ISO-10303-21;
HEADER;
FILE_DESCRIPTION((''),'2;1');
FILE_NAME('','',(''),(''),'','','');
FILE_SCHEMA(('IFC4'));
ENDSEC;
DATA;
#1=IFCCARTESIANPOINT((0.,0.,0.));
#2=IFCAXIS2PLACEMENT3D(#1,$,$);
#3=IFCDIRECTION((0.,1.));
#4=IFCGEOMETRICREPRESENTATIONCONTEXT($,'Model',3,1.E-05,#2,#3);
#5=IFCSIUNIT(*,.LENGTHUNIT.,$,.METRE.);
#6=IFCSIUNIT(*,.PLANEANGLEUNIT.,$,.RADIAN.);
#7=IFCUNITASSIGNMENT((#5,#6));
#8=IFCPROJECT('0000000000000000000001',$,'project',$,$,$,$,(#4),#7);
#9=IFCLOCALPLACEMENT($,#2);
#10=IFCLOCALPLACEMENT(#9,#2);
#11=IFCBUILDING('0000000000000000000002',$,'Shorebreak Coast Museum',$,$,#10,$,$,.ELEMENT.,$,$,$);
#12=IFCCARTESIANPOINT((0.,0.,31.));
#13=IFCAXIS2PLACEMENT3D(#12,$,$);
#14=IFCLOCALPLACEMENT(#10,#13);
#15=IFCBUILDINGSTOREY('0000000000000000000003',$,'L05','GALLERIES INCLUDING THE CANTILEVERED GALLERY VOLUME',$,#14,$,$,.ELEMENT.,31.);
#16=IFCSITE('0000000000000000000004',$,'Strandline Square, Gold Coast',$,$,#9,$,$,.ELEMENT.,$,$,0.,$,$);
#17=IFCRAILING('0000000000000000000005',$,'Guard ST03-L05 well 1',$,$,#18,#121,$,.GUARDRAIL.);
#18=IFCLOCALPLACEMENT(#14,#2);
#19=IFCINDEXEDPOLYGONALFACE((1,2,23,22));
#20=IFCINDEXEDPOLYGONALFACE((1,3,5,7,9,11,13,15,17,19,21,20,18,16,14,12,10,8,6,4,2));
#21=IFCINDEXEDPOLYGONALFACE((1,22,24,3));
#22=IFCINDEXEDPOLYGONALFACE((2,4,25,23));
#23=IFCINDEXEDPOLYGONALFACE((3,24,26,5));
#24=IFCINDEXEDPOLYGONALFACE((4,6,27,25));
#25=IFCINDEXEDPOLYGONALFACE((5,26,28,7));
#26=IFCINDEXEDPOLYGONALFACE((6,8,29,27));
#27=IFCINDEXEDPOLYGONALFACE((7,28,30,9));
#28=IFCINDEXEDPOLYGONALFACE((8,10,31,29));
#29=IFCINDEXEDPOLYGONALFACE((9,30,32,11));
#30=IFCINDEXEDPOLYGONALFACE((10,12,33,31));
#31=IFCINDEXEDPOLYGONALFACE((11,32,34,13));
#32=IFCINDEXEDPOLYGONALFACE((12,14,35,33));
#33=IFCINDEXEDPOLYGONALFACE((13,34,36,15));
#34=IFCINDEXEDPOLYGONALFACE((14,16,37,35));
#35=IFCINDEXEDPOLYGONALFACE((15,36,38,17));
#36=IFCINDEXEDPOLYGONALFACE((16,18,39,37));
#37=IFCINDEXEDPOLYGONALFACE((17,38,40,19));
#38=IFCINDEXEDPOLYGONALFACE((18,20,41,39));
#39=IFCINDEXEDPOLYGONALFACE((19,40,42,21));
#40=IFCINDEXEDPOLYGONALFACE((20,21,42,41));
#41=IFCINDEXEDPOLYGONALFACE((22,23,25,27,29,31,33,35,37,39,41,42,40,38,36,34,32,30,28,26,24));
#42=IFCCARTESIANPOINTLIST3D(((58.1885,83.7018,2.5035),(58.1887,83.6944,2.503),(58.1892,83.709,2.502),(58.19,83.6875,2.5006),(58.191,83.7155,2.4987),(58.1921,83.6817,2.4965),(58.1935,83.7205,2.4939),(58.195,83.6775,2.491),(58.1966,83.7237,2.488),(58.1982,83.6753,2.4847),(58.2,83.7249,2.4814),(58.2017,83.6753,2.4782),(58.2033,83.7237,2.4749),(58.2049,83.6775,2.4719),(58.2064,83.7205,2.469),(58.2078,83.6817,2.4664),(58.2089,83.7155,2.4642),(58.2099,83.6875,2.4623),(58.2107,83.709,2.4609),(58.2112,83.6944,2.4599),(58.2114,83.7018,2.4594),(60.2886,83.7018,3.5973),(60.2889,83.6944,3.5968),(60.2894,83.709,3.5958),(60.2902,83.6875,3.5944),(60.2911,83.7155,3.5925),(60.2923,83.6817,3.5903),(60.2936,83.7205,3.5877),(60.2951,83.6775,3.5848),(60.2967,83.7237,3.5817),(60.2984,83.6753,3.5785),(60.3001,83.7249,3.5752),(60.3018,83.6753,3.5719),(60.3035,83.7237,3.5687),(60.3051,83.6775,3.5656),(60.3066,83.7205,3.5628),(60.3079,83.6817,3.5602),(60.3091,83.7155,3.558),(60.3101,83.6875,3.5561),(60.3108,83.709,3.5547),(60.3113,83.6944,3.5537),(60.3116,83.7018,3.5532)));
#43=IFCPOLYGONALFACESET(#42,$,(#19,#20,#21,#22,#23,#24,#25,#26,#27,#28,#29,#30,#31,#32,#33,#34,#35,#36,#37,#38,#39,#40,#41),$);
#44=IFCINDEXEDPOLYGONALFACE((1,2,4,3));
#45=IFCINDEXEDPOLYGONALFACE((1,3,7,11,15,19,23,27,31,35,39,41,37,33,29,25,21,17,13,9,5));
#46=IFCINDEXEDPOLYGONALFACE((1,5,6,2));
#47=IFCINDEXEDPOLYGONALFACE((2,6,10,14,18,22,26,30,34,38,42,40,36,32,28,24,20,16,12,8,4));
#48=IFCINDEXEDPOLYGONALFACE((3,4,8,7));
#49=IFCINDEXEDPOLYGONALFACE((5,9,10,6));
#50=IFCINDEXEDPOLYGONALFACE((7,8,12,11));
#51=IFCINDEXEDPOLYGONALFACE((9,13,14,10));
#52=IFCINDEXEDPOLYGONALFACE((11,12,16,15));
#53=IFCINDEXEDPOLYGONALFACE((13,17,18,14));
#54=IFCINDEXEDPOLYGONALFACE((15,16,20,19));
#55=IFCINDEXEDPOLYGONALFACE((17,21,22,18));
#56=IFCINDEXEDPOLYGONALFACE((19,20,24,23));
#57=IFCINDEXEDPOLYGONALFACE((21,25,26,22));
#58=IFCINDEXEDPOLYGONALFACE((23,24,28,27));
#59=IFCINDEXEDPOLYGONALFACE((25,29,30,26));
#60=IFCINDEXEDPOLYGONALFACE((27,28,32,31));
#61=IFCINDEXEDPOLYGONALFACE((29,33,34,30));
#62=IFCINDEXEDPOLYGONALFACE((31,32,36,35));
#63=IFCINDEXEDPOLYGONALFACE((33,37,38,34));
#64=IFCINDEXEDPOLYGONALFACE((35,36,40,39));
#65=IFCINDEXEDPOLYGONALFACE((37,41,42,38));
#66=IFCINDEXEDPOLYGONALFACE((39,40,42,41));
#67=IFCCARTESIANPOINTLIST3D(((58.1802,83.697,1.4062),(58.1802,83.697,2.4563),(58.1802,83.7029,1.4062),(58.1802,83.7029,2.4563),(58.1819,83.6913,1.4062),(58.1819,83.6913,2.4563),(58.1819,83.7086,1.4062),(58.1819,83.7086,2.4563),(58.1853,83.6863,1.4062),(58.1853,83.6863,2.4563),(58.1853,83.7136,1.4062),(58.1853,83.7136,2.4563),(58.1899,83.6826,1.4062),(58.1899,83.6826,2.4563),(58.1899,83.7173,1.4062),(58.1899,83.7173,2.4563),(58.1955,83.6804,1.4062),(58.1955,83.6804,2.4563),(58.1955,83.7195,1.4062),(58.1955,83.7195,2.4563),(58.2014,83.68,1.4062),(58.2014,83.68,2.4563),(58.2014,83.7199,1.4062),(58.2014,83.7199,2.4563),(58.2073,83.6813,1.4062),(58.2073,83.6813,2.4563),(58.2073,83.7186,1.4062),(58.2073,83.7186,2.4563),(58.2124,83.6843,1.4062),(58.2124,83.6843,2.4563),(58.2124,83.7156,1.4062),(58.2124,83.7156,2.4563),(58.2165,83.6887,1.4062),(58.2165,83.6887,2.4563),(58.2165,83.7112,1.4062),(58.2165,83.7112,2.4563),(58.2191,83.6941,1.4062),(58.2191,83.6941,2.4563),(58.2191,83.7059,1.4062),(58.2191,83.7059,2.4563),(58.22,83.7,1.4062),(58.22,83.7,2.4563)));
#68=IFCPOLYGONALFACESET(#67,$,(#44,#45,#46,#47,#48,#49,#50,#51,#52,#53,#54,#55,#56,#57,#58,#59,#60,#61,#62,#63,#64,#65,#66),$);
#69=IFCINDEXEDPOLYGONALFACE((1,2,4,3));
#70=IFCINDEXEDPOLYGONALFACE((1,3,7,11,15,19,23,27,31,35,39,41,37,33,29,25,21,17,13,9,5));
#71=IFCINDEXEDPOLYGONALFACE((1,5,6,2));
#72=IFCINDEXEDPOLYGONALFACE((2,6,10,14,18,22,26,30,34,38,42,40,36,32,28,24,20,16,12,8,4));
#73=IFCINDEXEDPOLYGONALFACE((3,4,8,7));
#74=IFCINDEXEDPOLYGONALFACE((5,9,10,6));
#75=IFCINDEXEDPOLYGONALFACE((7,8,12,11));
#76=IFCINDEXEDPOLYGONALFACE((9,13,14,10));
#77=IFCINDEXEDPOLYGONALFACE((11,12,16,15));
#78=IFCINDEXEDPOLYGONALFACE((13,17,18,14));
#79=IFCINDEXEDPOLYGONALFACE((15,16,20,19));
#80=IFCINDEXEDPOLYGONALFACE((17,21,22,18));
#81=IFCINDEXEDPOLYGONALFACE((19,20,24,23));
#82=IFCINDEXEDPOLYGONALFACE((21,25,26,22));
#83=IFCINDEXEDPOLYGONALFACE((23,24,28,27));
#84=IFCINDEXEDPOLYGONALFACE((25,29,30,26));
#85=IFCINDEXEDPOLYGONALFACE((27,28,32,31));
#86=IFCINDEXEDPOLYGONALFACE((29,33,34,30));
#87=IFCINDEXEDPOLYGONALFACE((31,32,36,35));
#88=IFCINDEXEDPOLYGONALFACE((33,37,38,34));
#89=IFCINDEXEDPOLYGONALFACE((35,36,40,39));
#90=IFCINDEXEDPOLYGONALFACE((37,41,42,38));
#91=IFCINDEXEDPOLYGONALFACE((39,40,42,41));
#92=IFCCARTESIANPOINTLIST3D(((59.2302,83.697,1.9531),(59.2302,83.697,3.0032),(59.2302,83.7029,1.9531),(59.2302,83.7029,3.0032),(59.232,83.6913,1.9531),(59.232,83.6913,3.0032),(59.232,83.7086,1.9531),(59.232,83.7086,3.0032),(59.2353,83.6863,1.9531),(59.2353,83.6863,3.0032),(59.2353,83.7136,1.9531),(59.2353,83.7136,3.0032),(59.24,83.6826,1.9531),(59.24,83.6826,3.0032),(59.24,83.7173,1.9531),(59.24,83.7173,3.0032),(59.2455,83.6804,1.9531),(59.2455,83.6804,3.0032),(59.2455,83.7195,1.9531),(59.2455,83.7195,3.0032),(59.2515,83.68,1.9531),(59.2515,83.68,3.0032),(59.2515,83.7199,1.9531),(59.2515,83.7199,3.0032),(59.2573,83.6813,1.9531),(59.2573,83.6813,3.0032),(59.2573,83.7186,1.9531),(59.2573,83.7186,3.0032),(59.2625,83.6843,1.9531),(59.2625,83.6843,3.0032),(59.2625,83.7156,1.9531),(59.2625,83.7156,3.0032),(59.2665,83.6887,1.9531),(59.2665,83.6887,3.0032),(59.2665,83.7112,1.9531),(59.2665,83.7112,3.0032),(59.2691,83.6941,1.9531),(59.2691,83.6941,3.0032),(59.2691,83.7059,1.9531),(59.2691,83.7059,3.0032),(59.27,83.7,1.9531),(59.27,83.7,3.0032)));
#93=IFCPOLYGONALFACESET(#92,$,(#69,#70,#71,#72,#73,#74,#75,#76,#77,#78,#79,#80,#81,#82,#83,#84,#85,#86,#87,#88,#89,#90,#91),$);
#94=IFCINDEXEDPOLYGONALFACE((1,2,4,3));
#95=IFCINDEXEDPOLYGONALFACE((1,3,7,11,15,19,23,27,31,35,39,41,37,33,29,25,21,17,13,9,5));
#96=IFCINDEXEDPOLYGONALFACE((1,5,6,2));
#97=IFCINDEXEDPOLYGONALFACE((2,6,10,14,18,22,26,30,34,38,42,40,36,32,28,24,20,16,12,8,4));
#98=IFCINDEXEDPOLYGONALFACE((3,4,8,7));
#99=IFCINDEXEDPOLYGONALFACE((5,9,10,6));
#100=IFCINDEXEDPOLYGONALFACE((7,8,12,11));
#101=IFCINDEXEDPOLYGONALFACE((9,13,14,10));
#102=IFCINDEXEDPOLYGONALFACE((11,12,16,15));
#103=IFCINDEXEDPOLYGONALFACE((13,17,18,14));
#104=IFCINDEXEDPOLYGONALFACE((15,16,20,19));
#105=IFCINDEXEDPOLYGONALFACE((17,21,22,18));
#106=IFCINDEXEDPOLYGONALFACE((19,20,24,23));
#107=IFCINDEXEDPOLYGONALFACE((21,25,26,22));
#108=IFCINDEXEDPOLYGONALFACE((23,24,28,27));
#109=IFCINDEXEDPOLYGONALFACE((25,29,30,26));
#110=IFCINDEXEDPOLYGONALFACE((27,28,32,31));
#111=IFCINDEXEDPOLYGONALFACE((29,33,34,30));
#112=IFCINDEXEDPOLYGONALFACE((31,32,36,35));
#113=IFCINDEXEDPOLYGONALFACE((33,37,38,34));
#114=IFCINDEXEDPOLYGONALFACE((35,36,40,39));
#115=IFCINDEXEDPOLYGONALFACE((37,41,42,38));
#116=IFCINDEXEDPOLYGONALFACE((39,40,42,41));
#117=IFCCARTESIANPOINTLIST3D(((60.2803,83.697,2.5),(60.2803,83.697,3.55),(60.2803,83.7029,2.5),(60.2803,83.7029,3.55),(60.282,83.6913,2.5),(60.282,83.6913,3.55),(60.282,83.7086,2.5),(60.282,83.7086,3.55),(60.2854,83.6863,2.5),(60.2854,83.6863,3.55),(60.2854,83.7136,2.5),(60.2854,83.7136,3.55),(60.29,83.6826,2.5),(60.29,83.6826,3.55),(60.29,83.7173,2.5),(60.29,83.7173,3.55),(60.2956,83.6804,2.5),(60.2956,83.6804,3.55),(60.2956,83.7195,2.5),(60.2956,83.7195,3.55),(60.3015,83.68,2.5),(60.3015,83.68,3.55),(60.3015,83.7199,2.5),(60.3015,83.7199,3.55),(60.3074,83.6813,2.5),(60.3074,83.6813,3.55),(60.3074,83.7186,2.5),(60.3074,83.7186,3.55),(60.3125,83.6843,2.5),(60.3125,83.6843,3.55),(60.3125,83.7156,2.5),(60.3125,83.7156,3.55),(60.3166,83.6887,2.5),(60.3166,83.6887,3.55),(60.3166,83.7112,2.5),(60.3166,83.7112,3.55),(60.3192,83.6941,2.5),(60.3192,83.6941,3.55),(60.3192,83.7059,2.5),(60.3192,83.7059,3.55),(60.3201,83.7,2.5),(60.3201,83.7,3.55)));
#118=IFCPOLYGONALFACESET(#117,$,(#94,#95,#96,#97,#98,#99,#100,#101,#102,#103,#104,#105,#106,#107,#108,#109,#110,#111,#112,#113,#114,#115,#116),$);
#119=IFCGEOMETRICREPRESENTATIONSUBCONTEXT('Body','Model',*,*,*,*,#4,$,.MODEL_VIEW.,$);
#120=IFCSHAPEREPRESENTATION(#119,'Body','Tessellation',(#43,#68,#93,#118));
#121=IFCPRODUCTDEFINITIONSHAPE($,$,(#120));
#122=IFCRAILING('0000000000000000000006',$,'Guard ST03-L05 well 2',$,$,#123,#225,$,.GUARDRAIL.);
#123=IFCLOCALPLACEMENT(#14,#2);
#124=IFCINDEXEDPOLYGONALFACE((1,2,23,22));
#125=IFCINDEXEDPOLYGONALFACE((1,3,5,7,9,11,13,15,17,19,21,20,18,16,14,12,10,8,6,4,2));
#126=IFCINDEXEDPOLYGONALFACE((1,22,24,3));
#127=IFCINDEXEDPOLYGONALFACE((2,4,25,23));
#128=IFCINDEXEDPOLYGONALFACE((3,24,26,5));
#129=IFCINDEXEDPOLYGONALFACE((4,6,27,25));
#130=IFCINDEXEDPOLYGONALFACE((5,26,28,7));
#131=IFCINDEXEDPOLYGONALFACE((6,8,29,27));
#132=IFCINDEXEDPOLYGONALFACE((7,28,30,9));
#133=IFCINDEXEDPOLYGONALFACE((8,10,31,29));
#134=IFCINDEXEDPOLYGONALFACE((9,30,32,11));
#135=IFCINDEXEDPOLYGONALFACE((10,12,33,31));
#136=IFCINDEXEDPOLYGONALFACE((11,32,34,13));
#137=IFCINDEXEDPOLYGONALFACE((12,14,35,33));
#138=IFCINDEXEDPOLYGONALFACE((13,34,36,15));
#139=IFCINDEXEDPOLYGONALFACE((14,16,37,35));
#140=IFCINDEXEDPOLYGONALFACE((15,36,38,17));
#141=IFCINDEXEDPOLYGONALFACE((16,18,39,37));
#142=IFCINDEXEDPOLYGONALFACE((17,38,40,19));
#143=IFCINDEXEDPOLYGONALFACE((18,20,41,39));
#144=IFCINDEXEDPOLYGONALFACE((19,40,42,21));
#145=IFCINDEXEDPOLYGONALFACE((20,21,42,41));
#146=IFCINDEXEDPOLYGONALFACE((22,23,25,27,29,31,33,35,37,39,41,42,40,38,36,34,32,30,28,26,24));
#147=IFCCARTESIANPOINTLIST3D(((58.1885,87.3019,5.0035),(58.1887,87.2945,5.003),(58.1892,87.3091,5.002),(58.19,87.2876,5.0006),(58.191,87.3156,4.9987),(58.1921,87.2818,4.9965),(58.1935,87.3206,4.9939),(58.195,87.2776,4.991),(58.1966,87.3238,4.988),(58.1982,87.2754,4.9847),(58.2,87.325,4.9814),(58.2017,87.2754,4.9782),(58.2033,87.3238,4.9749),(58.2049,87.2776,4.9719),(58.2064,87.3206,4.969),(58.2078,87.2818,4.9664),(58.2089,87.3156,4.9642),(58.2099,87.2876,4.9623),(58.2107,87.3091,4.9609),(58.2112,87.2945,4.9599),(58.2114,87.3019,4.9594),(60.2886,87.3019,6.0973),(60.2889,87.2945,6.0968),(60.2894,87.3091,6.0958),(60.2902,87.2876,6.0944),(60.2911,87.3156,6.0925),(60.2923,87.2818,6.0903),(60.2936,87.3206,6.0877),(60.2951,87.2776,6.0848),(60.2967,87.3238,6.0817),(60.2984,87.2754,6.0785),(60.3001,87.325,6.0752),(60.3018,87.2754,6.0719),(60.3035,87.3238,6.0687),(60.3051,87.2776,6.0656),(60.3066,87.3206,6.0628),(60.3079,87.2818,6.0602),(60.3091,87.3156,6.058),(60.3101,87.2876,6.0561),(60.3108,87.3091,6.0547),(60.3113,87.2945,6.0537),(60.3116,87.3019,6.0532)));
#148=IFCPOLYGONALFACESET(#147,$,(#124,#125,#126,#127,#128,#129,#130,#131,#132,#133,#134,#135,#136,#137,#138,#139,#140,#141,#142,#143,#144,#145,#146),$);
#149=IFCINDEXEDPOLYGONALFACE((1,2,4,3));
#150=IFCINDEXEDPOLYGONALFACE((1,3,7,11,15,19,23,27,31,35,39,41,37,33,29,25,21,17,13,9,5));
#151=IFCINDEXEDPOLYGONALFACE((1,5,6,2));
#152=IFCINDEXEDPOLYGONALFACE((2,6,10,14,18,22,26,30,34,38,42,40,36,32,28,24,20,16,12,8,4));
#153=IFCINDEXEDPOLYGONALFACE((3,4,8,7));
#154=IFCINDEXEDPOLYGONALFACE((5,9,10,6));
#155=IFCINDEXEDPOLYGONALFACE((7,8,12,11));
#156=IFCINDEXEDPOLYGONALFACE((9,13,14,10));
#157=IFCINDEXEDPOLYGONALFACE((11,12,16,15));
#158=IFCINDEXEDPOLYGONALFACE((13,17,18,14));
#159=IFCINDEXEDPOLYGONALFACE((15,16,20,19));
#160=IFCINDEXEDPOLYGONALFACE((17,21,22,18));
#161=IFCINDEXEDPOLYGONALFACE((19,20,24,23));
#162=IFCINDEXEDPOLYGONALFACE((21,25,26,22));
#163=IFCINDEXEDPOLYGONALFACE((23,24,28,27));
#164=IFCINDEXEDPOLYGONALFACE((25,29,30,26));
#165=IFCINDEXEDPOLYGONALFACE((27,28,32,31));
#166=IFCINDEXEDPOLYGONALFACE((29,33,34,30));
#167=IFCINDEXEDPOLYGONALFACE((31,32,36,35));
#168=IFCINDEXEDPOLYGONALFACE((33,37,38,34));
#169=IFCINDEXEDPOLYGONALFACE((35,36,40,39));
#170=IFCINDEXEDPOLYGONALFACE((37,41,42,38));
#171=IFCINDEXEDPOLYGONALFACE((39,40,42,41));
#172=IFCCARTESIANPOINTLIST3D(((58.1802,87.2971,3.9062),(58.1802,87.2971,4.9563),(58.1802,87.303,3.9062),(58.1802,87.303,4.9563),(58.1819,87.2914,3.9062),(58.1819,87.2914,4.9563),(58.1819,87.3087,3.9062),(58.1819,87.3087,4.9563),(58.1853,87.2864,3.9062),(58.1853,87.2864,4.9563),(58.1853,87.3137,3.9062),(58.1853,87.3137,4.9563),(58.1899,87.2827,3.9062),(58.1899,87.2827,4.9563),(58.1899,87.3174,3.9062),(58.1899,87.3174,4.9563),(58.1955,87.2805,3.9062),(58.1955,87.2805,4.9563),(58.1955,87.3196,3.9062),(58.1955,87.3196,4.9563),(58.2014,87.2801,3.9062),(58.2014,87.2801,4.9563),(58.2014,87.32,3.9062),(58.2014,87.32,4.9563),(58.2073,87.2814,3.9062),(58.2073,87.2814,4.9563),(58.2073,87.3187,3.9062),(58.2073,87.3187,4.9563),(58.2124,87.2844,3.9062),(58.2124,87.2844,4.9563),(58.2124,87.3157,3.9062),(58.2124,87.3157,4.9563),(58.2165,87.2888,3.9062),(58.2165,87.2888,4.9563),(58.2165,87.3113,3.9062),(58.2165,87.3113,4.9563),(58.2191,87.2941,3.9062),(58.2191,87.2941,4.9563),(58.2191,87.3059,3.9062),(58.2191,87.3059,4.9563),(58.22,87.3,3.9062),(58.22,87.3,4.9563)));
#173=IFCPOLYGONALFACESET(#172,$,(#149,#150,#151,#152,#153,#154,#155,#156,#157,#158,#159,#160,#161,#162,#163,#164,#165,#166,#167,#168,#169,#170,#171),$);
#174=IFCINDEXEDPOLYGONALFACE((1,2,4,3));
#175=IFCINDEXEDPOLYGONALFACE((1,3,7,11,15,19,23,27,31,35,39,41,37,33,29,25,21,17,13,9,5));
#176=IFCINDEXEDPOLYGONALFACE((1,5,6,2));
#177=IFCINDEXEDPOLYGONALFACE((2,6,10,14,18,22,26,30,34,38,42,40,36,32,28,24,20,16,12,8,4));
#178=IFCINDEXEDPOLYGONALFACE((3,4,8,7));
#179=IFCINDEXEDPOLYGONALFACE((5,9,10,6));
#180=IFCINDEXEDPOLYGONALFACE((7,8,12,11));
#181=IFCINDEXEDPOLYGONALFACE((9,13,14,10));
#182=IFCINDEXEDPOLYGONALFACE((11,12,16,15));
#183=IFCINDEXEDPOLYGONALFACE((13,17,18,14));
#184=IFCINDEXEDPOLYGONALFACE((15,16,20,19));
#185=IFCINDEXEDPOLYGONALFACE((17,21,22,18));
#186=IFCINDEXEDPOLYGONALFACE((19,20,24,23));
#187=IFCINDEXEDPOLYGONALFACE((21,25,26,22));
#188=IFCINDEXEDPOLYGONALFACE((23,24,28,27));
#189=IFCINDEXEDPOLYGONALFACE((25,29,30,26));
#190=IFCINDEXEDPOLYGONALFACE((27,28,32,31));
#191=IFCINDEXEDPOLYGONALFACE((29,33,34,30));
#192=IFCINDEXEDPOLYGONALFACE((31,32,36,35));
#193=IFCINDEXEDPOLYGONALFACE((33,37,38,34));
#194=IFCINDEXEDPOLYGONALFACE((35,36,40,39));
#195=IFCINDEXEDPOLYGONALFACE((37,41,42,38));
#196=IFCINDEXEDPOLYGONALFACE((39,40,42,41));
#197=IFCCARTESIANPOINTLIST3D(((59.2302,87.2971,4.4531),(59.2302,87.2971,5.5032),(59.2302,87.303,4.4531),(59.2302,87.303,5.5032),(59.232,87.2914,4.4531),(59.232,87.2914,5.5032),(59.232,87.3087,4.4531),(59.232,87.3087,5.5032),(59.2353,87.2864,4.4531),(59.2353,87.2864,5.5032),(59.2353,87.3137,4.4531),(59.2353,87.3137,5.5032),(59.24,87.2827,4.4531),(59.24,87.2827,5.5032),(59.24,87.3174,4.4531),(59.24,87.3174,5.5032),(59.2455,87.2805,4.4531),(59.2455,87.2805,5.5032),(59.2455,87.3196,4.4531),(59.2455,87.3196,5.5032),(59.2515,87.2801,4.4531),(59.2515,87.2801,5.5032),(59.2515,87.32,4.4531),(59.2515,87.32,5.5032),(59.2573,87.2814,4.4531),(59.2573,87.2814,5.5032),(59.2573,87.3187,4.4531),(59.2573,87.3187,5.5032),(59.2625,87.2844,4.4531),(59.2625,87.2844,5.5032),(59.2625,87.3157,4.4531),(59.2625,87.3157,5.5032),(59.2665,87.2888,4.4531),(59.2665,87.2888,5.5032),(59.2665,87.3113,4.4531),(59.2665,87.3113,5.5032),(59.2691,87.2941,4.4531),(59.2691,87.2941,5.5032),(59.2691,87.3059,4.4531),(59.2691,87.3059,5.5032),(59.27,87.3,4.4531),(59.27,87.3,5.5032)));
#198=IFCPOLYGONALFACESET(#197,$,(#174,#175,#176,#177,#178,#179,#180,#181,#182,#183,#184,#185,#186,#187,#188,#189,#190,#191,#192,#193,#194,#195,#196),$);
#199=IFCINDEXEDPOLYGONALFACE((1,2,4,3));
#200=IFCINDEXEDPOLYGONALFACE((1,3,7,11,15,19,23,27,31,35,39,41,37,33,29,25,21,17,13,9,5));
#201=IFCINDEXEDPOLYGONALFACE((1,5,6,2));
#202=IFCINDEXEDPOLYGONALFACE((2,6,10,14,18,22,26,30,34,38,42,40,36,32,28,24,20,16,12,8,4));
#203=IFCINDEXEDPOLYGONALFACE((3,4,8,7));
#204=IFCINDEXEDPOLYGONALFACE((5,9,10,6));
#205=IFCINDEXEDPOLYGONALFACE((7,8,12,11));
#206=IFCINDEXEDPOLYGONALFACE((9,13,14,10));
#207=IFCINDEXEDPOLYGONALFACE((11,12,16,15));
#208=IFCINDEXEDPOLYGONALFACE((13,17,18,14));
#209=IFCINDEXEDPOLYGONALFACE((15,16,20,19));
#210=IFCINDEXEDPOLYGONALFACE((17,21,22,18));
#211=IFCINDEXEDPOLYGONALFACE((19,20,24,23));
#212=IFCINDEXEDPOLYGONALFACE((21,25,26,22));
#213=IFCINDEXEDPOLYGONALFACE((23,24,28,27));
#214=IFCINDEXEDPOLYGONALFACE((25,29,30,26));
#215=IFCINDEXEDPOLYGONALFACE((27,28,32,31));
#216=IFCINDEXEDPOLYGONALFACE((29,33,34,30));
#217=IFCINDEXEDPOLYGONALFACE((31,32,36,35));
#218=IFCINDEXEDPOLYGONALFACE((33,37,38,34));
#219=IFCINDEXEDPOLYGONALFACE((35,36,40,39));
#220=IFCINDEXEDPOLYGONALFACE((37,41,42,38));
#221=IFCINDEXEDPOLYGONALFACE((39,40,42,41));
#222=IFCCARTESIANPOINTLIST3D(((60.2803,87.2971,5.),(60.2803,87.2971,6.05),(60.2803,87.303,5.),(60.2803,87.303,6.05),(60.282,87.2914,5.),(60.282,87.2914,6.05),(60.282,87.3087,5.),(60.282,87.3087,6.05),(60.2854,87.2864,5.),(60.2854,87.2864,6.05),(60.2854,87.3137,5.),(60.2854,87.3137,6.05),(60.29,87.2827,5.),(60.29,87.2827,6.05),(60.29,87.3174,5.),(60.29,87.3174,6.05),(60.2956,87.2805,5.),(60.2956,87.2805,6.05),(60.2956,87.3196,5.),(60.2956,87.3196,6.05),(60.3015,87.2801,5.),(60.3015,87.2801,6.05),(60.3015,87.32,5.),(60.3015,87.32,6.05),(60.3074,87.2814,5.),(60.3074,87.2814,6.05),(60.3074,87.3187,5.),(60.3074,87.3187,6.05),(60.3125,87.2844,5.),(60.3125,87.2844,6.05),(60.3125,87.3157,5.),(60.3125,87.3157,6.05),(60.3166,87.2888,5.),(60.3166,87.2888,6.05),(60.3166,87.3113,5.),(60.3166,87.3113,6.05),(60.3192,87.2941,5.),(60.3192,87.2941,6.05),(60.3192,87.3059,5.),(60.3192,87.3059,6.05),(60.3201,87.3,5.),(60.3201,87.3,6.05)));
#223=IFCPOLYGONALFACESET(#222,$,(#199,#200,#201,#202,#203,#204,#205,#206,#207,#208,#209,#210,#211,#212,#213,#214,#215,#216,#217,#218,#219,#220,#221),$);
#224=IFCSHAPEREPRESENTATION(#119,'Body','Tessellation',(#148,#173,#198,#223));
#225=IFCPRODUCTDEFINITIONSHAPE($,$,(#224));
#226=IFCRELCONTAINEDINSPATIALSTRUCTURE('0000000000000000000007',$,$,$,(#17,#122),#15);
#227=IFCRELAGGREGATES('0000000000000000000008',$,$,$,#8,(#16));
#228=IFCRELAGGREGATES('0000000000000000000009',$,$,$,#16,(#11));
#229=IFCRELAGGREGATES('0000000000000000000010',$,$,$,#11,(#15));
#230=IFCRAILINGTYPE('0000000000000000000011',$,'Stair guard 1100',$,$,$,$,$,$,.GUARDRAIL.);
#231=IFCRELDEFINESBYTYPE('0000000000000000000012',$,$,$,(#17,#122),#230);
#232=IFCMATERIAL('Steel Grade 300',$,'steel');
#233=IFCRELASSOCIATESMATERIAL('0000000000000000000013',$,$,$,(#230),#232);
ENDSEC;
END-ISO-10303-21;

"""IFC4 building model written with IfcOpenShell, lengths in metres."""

from ifc_helpers import new_model, si_unit, direction, frame, origin, origin_2d, place, context, subcontext, project, spatial, circle, extrude, material, type_object, element, save


model = new_model("IFC4")

# Units and contexts
model_context = context("Model", 3, precision=1e-05, world=origin(), true_north=direction((0.0, 1.0)))
body_context = subcontext(model_context, "Body", "Model", "MODEL_VIEW")
ifc_project = project(units=[si_unit("LENGTHUNIT", "METRE"), si_unit("PLANEANGLEUNIT", "RADIAN")], contexts=[model_context])

# Site, building, storey
site_placement = place(None, origin())
site = spatial("IfcSite", under=ifc_project, at=site_placement, Name="Strandline Square, Gold Coast", CompositionType="ELEMENT", RefElevation=0.0)
building_placement = place(site_placement, origin())
building = spatial("IfcBuilding", under=site, at=building_placement, Name="Shorebreak Coast Museum", CompositionType="ELEMENT")
storey_placement = place(building_placement, frame((0.0, 0.0, 31.0)))
storey = spatial("IfcBuildingStorey", under=building, at=storey_placement, Name="L05", Description="GALLERIES INCLUDING THE CANTILEVERED GALLERY VOLUME", CompositionType="ELEMENT", Elevation=31.0)

# Railings
ifc_material_1 = material(Name="Steel Grade 300", Category="steel")
railing_type_1 = type_object("IfcRailingType", Name="Stair guard 1100", PredefinedType="GUARDRAIL", material=ifc_material_1)
for number, where, name in (
    (1, (58.2, 83.7, 1.4062), "Guard ST03-L05 well 1"),
    (2, (58.2, 87.3, 3.9062), "Guard ST03-L05 well 2"),
):
    element("IfcRailing", number, at=place(storey_placement, frame(where)), inside=storey, type_object=railing_type_1, Name=name, PredefinedType="GUARDRAIL", context=body_context, shape_type="SweptSolid", body=[
        extrude(circle(Radius=0.0249, at=origin_2d()), frame((0.0, 0.0, 1.0752), z_axis=(0.886923, 0.0, 0.461918), x_axis=(0.0, 1.0, 0.0)), (0.0, 0.0, 1.0), 2.3679),
        extrude(circle(Radius=0.02, at=origin_2d()), origin(), (0.0, 0.0, 1.0), 1.05),
        extrude(circle(Radius=0.02, at=origin_2d()), frame((1.05, 0.0, 0.5469)), (0.0, 0.0, 1.0), 1.05),
        extrude(circle(Radius=0.02, at=origin_2d()), frame((2.1001, 0.0, 1.0938)), (0.0, 0.0, 1.0), 1.05),
    ])

save(model, "model.ifc")
